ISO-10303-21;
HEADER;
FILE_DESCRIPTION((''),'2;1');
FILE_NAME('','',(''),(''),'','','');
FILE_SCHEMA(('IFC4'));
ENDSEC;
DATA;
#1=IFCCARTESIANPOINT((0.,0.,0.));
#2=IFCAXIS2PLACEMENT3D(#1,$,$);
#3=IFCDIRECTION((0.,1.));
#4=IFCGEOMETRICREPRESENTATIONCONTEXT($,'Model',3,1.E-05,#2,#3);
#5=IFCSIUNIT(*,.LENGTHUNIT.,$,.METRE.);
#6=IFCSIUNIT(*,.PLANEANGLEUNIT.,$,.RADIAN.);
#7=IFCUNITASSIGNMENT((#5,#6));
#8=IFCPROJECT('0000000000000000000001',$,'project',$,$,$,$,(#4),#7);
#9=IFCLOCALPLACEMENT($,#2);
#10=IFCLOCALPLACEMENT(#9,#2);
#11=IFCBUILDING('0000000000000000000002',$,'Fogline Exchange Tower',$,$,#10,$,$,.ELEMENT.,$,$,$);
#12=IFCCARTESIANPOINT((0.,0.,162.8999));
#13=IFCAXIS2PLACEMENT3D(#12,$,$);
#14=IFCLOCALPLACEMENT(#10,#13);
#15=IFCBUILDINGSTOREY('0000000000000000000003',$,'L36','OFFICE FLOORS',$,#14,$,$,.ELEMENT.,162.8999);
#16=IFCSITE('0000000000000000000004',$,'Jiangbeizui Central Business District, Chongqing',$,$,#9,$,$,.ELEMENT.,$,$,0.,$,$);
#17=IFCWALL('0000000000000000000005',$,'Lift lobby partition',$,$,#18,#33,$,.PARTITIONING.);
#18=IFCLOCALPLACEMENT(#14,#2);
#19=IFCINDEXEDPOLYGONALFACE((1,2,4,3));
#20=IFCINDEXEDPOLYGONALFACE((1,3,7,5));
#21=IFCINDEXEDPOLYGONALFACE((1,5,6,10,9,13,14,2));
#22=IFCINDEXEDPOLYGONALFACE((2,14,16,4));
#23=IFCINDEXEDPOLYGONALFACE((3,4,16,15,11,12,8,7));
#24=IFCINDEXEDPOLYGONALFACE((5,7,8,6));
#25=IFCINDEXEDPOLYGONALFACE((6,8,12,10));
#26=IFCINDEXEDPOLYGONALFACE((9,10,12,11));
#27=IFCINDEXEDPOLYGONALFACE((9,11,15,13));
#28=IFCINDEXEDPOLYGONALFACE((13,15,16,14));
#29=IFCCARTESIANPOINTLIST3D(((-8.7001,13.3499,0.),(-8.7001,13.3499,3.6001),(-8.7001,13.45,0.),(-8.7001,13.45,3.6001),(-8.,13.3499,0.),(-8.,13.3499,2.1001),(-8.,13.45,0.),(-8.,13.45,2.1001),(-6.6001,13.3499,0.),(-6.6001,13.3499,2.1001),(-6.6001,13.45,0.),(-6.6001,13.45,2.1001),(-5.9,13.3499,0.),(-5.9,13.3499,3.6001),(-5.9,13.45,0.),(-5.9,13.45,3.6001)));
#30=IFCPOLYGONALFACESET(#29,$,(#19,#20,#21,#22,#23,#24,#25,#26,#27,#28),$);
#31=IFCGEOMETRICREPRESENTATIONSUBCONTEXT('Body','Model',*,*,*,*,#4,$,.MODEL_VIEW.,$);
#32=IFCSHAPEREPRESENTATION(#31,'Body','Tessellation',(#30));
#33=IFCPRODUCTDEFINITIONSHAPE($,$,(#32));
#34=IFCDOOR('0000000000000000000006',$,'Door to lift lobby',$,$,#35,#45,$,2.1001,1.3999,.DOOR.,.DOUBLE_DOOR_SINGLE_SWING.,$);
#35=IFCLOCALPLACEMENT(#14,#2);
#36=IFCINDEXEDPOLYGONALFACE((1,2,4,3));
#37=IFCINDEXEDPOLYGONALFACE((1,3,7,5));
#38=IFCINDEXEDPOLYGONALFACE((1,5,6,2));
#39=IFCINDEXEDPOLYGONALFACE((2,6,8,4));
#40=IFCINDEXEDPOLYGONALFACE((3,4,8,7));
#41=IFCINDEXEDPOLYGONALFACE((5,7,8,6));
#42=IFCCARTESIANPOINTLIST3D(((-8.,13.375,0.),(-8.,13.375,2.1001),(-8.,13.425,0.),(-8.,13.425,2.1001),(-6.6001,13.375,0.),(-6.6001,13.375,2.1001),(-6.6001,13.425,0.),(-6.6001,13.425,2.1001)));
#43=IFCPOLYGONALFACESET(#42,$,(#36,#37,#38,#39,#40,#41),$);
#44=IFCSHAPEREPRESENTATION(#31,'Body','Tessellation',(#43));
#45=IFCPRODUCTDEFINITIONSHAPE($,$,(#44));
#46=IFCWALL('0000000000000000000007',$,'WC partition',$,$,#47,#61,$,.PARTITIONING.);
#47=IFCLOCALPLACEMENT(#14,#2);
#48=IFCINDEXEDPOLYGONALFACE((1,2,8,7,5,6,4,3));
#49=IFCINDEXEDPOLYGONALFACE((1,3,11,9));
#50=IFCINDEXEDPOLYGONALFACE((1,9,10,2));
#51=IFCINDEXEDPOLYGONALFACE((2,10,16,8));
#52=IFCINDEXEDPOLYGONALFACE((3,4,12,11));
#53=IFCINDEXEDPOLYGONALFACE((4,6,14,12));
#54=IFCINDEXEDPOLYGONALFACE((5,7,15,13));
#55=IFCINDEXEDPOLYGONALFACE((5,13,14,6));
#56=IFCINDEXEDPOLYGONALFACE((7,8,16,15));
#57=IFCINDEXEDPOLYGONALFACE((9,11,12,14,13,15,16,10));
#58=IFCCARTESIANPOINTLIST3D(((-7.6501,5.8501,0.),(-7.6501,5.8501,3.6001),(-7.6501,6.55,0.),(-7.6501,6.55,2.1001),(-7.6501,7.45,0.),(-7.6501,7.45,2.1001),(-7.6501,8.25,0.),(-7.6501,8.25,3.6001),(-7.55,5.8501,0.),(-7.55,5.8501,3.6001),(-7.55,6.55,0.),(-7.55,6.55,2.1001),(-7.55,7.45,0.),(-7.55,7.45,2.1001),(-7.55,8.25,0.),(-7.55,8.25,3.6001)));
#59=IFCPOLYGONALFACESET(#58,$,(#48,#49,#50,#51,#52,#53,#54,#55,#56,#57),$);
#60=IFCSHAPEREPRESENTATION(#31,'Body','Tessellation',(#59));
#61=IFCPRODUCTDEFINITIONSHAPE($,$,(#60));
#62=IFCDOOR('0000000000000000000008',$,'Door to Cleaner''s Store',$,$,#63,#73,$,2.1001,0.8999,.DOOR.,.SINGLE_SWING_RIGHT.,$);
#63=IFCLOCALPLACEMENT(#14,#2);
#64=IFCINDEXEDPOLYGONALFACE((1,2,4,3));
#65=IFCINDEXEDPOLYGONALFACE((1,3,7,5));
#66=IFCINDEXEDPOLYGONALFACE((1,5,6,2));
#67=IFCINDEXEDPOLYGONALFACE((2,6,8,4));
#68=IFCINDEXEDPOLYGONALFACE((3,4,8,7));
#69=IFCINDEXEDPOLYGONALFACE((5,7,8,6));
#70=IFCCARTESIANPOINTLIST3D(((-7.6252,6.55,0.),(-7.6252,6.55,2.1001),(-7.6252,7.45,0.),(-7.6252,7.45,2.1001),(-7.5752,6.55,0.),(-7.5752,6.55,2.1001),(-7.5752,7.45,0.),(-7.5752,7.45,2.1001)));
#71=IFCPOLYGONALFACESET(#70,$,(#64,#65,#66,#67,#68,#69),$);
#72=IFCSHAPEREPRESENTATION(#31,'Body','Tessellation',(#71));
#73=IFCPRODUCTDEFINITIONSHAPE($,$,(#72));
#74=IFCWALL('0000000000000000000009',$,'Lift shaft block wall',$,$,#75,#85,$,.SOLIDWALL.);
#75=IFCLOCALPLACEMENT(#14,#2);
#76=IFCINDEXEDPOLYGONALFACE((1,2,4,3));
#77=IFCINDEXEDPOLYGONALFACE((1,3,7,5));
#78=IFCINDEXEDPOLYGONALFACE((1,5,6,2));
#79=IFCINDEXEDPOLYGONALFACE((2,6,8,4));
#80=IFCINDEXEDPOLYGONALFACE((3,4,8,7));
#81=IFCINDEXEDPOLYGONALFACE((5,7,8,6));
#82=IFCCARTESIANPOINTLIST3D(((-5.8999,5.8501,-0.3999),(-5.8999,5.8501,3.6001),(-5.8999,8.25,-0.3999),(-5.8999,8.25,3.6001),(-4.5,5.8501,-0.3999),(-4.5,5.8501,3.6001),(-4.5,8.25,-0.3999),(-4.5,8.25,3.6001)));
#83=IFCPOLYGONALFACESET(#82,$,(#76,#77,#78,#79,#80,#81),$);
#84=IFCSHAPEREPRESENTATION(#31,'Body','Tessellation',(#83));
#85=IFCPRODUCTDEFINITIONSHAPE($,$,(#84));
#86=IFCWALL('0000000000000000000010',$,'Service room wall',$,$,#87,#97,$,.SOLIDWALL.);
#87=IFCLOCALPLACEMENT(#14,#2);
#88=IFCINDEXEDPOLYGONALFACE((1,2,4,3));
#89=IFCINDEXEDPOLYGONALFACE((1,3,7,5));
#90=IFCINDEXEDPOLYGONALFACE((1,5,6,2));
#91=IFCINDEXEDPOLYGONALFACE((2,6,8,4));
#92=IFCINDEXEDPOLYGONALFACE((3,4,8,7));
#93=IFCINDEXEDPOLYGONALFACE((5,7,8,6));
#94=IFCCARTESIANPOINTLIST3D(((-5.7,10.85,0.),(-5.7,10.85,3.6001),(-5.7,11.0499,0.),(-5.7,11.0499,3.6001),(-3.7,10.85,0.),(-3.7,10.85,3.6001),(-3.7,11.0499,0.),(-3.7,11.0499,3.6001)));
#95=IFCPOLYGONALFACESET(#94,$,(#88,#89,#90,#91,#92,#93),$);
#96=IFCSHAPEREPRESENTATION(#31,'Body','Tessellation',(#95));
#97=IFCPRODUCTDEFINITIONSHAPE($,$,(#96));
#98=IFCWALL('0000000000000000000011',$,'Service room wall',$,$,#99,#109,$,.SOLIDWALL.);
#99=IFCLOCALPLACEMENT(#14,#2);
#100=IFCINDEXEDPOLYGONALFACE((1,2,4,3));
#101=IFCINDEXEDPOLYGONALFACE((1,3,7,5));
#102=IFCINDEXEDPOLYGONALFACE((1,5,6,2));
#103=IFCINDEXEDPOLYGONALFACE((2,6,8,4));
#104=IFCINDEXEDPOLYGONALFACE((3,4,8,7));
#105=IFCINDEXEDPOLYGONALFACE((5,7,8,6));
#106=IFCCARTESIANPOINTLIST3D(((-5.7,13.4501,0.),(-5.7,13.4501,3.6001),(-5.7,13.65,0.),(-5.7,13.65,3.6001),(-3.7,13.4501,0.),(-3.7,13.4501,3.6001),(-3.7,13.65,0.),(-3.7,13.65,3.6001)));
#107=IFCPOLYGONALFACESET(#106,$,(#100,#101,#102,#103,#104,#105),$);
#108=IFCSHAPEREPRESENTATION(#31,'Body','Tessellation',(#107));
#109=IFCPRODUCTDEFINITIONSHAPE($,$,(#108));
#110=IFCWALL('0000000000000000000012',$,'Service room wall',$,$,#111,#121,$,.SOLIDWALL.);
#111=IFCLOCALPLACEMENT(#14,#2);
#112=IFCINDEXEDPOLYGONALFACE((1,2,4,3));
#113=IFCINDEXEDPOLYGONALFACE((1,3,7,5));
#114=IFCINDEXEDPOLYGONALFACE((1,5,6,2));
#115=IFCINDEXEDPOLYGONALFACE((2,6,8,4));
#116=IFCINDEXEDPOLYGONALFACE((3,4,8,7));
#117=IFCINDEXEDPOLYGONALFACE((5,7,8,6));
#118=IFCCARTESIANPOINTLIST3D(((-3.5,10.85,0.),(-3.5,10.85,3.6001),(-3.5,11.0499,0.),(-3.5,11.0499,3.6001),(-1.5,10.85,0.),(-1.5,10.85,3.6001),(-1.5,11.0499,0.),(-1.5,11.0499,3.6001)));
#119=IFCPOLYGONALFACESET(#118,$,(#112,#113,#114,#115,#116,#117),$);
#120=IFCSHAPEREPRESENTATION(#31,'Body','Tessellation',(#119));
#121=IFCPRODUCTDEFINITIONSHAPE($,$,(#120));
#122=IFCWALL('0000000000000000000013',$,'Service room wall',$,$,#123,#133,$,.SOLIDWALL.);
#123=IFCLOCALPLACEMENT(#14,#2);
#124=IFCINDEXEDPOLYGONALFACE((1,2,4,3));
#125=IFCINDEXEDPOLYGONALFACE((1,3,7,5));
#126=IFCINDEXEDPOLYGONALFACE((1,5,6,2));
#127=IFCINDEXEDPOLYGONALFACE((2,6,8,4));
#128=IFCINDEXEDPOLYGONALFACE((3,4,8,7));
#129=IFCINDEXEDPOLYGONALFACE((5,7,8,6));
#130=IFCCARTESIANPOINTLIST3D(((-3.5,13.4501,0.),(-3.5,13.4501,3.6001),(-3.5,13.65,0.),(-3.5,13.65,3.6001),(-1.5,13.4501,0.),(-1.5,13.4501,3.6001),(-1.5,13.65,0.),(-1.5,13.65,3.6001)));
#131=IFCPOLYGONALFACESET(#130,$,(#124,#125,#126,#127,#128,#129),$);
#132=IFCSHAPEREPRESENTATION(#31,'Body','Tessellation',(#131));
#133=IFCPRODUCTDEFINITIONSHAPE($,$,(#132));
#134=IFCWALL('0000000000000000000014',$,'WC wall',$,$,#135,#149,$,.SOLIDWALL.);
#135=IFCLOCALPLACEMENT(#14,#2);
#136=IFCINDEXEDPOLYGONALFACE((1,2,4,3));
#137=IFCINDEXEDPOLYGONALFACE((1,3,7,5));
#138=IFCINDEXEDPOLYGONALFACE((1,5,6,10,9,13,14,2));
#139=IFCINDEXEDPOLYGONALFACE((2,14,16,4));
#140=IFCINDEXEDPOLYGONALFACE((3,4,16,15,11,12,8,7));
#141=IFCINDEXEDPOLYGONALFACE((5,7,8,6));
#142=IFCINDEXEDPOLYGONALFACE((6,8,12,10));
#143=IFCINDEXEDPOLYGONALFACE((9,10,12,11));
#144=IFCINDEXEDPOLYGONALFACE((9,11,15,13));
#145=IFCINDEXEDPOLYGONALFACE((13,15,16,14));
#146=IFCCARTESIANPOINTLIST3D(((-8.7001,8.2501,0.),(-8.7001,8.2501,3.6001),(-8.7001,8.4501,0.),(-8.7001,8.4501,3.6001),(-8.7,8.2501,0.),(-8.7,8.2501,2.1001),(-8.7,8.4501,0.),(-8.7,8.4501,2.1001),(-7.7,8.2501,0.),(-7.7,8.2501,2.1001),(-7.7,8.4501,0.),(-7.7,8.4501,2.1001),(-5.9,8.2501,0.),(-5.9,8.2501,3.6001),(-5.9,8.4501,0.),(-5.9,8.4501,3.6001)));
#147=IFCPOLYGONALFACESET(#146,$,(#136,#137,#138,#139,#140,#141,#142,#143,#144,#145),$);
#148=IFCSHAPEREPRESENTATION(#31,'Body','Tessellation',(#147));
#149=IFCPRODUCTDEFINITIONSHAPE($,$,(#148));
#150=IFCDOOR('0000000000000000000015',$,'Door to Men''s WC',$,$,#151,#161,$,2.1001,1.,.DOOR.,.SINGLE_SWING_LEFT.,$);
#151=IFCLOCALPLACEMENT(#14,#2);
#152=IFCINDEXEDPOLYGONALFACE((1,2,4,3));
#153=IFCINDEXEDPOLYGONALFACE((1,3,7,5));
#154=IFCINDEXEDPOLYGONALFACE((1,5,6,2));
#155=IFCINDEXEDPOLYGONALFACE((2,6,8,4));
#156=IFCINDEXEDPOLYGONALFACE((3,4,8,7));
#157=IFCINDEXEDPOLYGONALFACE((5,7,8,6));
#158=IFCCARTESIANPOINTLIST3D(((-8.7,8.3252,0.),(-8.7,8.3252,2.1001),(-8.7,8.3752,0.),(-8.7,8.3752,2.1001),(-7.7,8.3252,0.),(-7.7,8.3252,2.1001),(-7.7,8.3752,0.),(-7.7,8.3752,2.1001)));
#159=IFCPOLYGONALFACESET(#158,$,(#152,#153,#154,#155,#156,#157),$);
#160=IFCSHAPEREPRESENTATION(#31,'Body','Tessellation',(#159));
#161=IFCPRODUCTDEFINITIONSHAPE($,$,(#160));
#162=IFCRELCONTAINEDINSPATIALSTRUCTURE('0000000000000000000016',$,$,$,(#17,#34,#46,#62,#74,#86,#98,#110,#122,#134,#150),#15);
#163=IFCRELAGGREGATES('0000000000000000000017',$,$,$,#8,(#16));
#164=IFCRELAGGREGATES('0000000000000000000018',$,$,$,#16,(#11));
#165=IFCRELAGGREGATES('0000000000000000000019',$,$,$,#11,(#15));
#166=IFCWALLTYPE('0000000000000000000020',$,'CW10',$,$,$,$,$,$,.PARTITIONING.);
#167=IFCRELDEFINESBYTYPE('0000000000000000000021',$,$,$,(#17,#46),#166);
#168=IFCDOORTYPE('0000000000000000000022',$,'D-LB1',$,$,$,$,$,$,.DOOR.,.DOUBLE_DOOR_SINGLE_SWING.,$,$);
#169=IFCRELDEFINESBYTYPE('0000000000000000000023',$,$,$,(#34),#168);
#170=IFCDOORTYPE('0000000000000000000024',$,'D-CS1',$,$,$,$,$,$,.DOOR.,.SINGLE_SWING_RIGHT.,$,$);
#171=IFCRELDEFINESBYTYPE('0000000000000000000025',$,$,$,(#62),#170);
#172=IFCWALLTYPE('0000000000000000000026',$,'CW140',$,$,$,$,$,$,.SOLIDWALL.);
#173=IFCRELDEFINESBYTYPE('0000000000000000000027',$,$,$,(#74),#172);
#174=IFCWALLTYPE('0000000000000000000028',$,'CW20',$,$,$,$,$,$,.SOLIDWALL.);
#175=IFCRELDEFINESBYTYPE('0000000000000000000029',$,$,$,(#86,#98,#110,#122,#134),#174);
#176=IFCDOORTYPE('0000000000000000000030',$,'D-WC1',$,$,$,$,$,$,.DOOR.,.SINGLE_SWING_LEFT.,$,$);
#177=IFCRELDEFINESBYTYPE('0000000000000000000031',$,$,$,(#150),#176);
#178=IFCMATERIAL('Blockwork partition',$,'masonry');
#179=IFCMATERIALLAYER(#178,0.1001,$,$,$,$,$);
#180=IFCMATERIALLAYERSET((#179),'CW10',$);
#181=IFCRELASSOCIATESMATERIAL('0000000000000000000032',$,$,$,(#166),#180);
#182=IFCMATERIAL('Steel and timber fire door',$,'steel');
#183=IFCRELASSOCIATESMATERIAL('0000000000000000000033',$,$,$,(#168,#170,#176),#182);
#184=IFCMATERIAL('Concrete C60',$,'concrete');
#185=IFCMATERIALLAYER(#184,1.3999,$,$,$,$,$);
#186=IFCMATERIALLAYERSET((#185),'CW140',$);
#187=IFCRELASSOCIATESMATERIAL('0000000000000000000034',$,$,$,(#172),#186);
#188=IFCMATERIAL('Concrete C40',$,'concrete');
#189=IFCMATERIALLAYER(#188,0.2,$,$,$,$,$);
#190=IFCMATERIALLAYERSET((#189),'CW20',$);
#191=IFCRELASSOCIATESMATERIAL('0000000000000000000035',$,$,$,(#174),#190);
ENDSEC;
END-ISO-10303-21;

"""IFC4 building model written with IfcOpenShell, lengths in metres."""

from ifc_helpers import new_model, si_unit, direction, frame, frame_2d, origin, place, context, subcontext, project, spatial, rectangle, extrude, material, layer, layer_set, type_object, element, fill, save


model = new_model("IFC4")

# Units and contexts
model_context = context("Model", 3, precision=1e-05, world=origin(), true_north=direction((0.0, 1.0)))
body_context = subcontext(model_context, "Body", "Model", "MODEL_VIEW")
ifc_project = project(units=[si_unit("LENGTHUNIT", "METRE"), si_unit("PLANEANGLEUNIT", "RADIAN")], contexts=[model_context])

# Site, building, storey
site_placement = place(None, origin())
site = spatial("IfcSite", under=ifc_project, at=site_placement, Name="Jiangbeizui Central Business District, Chongqing", CompositionType="ELEMENT", RefElevation=0.0)
building_placement = place(site_placement, origin())
building = spatial("IfcBuilding", under=site, at=building_placement, Name="Fogline Exchange Tower", CompositionType="ELEMENT")
storey_placement = place(building_placement, frame((0.0, 0.0, 162.8999)))
storey = spatial("IfcBuildingStorey", under=building, at=storey_placement, Name="L36", Description="OFFICE FLOORS", CompositionType="ELEMENT", Elevation=162.8999)

# Walls, openings, doors
ifc_material_1 = material(Name="Blockwork partition", Category="masonry")
ifc_layer_1 = layer(ifc_material_1, 0.1001)
ifc_layer_set_1 = layer_set([ifc_layer_1], Name="CW10")
wall_type_1 = type_object("IfcWallType", Name="CW10", PredefinedType="PARTITIONING", material=ifc_layer_set_1)
wall_1_placement = place(storey_placement, frame((-8.7, 13.3999, 0.0), z_axis=(0.0, 0.0, 1.0), x_axis=(1.0, 0.0, 0.0)))
wall_1 = element("IfcWall", 1, at=wall_1_placement, inside=storey, type_object=wall_type_1, Name="Lift lobby partition", PredefinedType="PARTITIONING", context=body_context, shape_type="SweptSolid", body=[
    extrude(rectangle(XDim=2.8, YDim=0.1001, at=frame_2d((1.3999, 0.0))), origin(), (0.0, 0.0, 1.0), 3.6001),
])
opening_1_placement = place(wall_1_placement, frame((0.7, 0.0, 0.0)))
opening_1 = element("IfcOpeningElement", 2, at=opening_1_placement, cuts=wall_1, PredefinedType="OPENING", context=body_context, shape_type="SweptSolid", body=[
    extrude(rectangle(XDim=1.3999, YDim=2.1001, at=frame_2d((0.7, 1.05))), frame((0.0, 0.0601, 0.0), z_axis=(0.0, -1.0, 0.0), x_axis=(1.0, 0.0, 0.0)), (0.0, 0.0, 1.0), 0.1201),
])
ifc_material_2 = material(Name="Steel and timber fire door", Category="steel")
door_type_1 = type_object("IfcDoorType", Name="D-LB1", OperationType="DOUBLE_DOOR_SINGLE_SWING", PredefinedType="DOOR", material=ifc_material_2)
door_1_placement = place(opening_1_placement, frame((1.3999, 0.0, 0.0), z_axis=(0.0, 0.0, 1.0), x_axis=(-1.0, 0.0, 0.0)))
door_1 = element("IfcDoor", 3, at=door_1_placement, inside=storey, type_object=door_type_1, Name="Door to lift lobby", OperationType="DOUBLE_DOOR_SINGLE_SWING", OverallHeight=2.1001, OverallWidth=1.3999, PredefinedType="DOOR", context=body_context, shape_type="SweptSolid", body=[
    extrude(rectangle(XDim=1.3999, YDim=2.1001, at=frame_2d((0.7, 1.05))), frame((0.0, 0.0249, 0.0), z_axis=(0.0, -1.0, 0.0), x_axis=(1.0, 0.0, 0.0)), (0.0, 0.0, 1.0), 0.05),
])
fill(opening_1, door_1)
wall_2_placement = place(storey_placement, frame((-7.6001, 5.8501, 0.0), z_axis=(0.0, 0.0, 1.0), x_axis=(0.0, 1.0, 0.0)))
wall_2 = element("IfcWall", 4, at=wall_2_placement, inside=storey, type_object=wall_type_1, Name="WC partition", PredefinedType="PARTITIONING", context=body_context, shape_type="SweptSolid", body=[
    extrude(rectangle(XDim=2.3999, YDim=0.1001, at=frame_2d((1.2, 0.0))), origin(), (0.0, 0.0, 1.0), 3.6001),
])
opening_2_placement = place(wall_2_placement, frame((0.7, 0.0, 0.0)))
opening_2 = element("IfcOpeningElement", 5, at=opening_2_placement, cuts=wall_2, PredefinedType="OPENING", context=body_context, shape_type="SweptSolid", body=[
    extrude(rectangle(XDim=0.8999, YDim=2.1001, at=frame_2d((0.45, 1.05))), frame((0.0, 0.0601, 0.0), z_axis=(0.0, -1.0, 0.0), x_axis=(1.0, 0.0, 0.0)), (0.0, 0.0, 1.0), 0.1201),
])
door_type_2 = type_object("IfcDoorType", Name="D-CS1", OperationType="SINGLE_SWING_RIGHT", PredefinedType="DOOR", material=ifc_material_2)
door_2_placement = place(opening_2_placement, frame((0.8999, 0.0, 0.0), z_axis=(0.0, 0.0, 1.0), x_axis=(-1.0, 0.0, 0.0)))
door_2 = element("IfcDoor", 6, at=door_2_placement, inside=storey, type_object=door_type_2, Name="Door to Cleaner's Store", OperationType="SINGLE_SWING_RIGHT", OverallHeight=2.1001, OverallWidth=0.8999, PredefinedType="DOOR", context=body_context, shape_type="SweptSolid", body=[
    extrude(rectangle(XDim=0.8999, YDim=2.1001, at=frame_2d((0.45, 1.05))), frame((0.0, 0.0249, 0.0), z_axis=(0.0, -1.0, 0.0), x_axis=(1.0, 0.0, 0.0)), (0.0, 0.0, 1.0), 0.05),
])
fill(opening_2, door_2)

# Walls
ifc_material_3 = material(Name="Concrete C60", Category="concrete")
ifc_layer_2 = layer(ifc_material_3, 1.3999)
ifc_layer_set_2 = layer_set([ifc_layer_2], Name="CW140")
wall_type_2 = type_object("IfcWallType", Name="CW140", PredefinedType="SOLIDWALL", material=ifc_layer_set_2)
wall_3_placement = place(storey_placement, frame((-5.2, 5.8501, -0.3999), z_axis=(0.0, 0.0, 1.0), x_axis=(0.0, 1.0, 0.0)))
element("IfcWall", 7, at=wall_3_placement, inside=storey, type_object=wall_type_2, Name="Lift shaft block wall", PredefinedType="SOLIDWALL", context=body_context, shape_type="SweptSolid", body=[
    extrude(rectangle(XDim=2.3999, YDim=1.3999, at=frame_2d((1.2, 0.0))), origin(), (0.0, 0.0, 1.0), 4.0),
])
ifc_material_4 = material(Name="Concrete C40", Category="concrete")
ifc_layer_3 = layer(ifc_material_4, 0.2)
ifc_layer_set_3 = layer_set([ifc_layer_3], Name="CW20")
wall_type_3 = type_object("IfcWallType", Name="CW20", PredefinedType="SOLIDWALL", material=ifc_layer_set_3)
for number, where, z_axis, x_axis, name in (
    (8, (-5.7, 10.95, 0.0), (0.0, 0.0, 1.0), (1.0, 0.0, 0.0), "Service room wall"),
    (9, (-5.7, 13.55, 0.0), (0.0, 0.0, 1.0), (1.0, 0.0, 0.0), "Service room wall"),
    (10, (-3.5, 10.95, 0.0), (0.0, 0.0, 1.0), (1.0, 0.0, 0.0), "Service room wall"),
    (11, (-3.5, 13.55, 0.0), (0.0, 0.0, 1.0), (1.0, 0.0, 0.0), "Service room wall"),
):
    element("IfcWall", number, at=place(storey_placement, frame(where, z_axis=z_axis, x_axis=x_axis)), inside=storey, type_object=wall_type_3, Name=name, PredefinedType="SOLIDWALL", context=body_context, shape_type="SweptSolid", body=[
        extrude(rectangle(XDim=2.0, YDim=0.2, at=frame_2d((1.0, 0.0))), origin(), (0.0, 0.0, 1.0), 3.6001),
    ])

# Wall, opening, door
wall_4_placement = place(storey_placement, frame((-8.7, 8.3501, 0.0), z_axis=(0.0, 0.0, 1.0), x_axis=(1.0, 0.0, 0.0)))
wall_4 = element("IfcWall", 12, at=wall_4_placement, inside=storey, type_object=wall_type_3, Name="WC wall", PredefinedType="SOLIDWALL", context=body_context, shape_type="SweptSolid", body=[
    extrude(rectangle(XDim=2.8, YDim=0.2, at=frame_2d((1.3999, 0.0))), origin(), (0.0, 0.0, 1.0), 3.6001),
])
opening_3_placement = place(wall_4_placement, origin())
opening_3 = element("IfcOpeningElement", 13, at=opening_3_placement, cuts=wall_4, PredefinedType="OPENING", context=body_context, shape_type="SweptSolid", body=[
    extrude(rectangle(XDim=1.0, YDim=2.1001, at=frame_2d((0.5, 1.05))), frame((0.0, 0.1099, 0.0), z_axis=(0.0, -1.0, 0.0), x_axis=(1.0, 0.0, 0.0)), (0.0, 0.0, 1.0), 0.22),
])
door_type_3 = type_object("IfcDoorType", Name="D-WC1", OperationType="SINGLE_SWING_LEFT", PredefinedType="DOOR", material=ifc_material_2)
door_3_placement = place(opening_3_placement, frame((1.0, 0.0, 0.0), z_axis=(0.0, 0.0, 1.0), x_axis=(-1.0, 0.0, 0.0)))
door_3 = element("IfcDoor", 14, at=door_3_placement, inside=storey, type_object=door_type_3, Name="Door to Men's WC", OperationType="SINGLE_SWING_LEFT", OverallHeight=2.1001, OverallWidth=1.0, PredefinedType="DOOR", context=body_context, shape_type="SweptSolid", body=[
    extrude(rectangle(XDim=1.0, YDim=2.1001, at=frame_2d((0.5, 1.05))), frame((0.0, 0.0249, 0.0), z_axis=(0.0, -1.0, 0.0), x_axis=(1.0, 0.0, 0.0)), (0.0, 0.0, 1.0), 0.05),
])
fill(opening_3, door_3)

save(model, "model.ifc")
